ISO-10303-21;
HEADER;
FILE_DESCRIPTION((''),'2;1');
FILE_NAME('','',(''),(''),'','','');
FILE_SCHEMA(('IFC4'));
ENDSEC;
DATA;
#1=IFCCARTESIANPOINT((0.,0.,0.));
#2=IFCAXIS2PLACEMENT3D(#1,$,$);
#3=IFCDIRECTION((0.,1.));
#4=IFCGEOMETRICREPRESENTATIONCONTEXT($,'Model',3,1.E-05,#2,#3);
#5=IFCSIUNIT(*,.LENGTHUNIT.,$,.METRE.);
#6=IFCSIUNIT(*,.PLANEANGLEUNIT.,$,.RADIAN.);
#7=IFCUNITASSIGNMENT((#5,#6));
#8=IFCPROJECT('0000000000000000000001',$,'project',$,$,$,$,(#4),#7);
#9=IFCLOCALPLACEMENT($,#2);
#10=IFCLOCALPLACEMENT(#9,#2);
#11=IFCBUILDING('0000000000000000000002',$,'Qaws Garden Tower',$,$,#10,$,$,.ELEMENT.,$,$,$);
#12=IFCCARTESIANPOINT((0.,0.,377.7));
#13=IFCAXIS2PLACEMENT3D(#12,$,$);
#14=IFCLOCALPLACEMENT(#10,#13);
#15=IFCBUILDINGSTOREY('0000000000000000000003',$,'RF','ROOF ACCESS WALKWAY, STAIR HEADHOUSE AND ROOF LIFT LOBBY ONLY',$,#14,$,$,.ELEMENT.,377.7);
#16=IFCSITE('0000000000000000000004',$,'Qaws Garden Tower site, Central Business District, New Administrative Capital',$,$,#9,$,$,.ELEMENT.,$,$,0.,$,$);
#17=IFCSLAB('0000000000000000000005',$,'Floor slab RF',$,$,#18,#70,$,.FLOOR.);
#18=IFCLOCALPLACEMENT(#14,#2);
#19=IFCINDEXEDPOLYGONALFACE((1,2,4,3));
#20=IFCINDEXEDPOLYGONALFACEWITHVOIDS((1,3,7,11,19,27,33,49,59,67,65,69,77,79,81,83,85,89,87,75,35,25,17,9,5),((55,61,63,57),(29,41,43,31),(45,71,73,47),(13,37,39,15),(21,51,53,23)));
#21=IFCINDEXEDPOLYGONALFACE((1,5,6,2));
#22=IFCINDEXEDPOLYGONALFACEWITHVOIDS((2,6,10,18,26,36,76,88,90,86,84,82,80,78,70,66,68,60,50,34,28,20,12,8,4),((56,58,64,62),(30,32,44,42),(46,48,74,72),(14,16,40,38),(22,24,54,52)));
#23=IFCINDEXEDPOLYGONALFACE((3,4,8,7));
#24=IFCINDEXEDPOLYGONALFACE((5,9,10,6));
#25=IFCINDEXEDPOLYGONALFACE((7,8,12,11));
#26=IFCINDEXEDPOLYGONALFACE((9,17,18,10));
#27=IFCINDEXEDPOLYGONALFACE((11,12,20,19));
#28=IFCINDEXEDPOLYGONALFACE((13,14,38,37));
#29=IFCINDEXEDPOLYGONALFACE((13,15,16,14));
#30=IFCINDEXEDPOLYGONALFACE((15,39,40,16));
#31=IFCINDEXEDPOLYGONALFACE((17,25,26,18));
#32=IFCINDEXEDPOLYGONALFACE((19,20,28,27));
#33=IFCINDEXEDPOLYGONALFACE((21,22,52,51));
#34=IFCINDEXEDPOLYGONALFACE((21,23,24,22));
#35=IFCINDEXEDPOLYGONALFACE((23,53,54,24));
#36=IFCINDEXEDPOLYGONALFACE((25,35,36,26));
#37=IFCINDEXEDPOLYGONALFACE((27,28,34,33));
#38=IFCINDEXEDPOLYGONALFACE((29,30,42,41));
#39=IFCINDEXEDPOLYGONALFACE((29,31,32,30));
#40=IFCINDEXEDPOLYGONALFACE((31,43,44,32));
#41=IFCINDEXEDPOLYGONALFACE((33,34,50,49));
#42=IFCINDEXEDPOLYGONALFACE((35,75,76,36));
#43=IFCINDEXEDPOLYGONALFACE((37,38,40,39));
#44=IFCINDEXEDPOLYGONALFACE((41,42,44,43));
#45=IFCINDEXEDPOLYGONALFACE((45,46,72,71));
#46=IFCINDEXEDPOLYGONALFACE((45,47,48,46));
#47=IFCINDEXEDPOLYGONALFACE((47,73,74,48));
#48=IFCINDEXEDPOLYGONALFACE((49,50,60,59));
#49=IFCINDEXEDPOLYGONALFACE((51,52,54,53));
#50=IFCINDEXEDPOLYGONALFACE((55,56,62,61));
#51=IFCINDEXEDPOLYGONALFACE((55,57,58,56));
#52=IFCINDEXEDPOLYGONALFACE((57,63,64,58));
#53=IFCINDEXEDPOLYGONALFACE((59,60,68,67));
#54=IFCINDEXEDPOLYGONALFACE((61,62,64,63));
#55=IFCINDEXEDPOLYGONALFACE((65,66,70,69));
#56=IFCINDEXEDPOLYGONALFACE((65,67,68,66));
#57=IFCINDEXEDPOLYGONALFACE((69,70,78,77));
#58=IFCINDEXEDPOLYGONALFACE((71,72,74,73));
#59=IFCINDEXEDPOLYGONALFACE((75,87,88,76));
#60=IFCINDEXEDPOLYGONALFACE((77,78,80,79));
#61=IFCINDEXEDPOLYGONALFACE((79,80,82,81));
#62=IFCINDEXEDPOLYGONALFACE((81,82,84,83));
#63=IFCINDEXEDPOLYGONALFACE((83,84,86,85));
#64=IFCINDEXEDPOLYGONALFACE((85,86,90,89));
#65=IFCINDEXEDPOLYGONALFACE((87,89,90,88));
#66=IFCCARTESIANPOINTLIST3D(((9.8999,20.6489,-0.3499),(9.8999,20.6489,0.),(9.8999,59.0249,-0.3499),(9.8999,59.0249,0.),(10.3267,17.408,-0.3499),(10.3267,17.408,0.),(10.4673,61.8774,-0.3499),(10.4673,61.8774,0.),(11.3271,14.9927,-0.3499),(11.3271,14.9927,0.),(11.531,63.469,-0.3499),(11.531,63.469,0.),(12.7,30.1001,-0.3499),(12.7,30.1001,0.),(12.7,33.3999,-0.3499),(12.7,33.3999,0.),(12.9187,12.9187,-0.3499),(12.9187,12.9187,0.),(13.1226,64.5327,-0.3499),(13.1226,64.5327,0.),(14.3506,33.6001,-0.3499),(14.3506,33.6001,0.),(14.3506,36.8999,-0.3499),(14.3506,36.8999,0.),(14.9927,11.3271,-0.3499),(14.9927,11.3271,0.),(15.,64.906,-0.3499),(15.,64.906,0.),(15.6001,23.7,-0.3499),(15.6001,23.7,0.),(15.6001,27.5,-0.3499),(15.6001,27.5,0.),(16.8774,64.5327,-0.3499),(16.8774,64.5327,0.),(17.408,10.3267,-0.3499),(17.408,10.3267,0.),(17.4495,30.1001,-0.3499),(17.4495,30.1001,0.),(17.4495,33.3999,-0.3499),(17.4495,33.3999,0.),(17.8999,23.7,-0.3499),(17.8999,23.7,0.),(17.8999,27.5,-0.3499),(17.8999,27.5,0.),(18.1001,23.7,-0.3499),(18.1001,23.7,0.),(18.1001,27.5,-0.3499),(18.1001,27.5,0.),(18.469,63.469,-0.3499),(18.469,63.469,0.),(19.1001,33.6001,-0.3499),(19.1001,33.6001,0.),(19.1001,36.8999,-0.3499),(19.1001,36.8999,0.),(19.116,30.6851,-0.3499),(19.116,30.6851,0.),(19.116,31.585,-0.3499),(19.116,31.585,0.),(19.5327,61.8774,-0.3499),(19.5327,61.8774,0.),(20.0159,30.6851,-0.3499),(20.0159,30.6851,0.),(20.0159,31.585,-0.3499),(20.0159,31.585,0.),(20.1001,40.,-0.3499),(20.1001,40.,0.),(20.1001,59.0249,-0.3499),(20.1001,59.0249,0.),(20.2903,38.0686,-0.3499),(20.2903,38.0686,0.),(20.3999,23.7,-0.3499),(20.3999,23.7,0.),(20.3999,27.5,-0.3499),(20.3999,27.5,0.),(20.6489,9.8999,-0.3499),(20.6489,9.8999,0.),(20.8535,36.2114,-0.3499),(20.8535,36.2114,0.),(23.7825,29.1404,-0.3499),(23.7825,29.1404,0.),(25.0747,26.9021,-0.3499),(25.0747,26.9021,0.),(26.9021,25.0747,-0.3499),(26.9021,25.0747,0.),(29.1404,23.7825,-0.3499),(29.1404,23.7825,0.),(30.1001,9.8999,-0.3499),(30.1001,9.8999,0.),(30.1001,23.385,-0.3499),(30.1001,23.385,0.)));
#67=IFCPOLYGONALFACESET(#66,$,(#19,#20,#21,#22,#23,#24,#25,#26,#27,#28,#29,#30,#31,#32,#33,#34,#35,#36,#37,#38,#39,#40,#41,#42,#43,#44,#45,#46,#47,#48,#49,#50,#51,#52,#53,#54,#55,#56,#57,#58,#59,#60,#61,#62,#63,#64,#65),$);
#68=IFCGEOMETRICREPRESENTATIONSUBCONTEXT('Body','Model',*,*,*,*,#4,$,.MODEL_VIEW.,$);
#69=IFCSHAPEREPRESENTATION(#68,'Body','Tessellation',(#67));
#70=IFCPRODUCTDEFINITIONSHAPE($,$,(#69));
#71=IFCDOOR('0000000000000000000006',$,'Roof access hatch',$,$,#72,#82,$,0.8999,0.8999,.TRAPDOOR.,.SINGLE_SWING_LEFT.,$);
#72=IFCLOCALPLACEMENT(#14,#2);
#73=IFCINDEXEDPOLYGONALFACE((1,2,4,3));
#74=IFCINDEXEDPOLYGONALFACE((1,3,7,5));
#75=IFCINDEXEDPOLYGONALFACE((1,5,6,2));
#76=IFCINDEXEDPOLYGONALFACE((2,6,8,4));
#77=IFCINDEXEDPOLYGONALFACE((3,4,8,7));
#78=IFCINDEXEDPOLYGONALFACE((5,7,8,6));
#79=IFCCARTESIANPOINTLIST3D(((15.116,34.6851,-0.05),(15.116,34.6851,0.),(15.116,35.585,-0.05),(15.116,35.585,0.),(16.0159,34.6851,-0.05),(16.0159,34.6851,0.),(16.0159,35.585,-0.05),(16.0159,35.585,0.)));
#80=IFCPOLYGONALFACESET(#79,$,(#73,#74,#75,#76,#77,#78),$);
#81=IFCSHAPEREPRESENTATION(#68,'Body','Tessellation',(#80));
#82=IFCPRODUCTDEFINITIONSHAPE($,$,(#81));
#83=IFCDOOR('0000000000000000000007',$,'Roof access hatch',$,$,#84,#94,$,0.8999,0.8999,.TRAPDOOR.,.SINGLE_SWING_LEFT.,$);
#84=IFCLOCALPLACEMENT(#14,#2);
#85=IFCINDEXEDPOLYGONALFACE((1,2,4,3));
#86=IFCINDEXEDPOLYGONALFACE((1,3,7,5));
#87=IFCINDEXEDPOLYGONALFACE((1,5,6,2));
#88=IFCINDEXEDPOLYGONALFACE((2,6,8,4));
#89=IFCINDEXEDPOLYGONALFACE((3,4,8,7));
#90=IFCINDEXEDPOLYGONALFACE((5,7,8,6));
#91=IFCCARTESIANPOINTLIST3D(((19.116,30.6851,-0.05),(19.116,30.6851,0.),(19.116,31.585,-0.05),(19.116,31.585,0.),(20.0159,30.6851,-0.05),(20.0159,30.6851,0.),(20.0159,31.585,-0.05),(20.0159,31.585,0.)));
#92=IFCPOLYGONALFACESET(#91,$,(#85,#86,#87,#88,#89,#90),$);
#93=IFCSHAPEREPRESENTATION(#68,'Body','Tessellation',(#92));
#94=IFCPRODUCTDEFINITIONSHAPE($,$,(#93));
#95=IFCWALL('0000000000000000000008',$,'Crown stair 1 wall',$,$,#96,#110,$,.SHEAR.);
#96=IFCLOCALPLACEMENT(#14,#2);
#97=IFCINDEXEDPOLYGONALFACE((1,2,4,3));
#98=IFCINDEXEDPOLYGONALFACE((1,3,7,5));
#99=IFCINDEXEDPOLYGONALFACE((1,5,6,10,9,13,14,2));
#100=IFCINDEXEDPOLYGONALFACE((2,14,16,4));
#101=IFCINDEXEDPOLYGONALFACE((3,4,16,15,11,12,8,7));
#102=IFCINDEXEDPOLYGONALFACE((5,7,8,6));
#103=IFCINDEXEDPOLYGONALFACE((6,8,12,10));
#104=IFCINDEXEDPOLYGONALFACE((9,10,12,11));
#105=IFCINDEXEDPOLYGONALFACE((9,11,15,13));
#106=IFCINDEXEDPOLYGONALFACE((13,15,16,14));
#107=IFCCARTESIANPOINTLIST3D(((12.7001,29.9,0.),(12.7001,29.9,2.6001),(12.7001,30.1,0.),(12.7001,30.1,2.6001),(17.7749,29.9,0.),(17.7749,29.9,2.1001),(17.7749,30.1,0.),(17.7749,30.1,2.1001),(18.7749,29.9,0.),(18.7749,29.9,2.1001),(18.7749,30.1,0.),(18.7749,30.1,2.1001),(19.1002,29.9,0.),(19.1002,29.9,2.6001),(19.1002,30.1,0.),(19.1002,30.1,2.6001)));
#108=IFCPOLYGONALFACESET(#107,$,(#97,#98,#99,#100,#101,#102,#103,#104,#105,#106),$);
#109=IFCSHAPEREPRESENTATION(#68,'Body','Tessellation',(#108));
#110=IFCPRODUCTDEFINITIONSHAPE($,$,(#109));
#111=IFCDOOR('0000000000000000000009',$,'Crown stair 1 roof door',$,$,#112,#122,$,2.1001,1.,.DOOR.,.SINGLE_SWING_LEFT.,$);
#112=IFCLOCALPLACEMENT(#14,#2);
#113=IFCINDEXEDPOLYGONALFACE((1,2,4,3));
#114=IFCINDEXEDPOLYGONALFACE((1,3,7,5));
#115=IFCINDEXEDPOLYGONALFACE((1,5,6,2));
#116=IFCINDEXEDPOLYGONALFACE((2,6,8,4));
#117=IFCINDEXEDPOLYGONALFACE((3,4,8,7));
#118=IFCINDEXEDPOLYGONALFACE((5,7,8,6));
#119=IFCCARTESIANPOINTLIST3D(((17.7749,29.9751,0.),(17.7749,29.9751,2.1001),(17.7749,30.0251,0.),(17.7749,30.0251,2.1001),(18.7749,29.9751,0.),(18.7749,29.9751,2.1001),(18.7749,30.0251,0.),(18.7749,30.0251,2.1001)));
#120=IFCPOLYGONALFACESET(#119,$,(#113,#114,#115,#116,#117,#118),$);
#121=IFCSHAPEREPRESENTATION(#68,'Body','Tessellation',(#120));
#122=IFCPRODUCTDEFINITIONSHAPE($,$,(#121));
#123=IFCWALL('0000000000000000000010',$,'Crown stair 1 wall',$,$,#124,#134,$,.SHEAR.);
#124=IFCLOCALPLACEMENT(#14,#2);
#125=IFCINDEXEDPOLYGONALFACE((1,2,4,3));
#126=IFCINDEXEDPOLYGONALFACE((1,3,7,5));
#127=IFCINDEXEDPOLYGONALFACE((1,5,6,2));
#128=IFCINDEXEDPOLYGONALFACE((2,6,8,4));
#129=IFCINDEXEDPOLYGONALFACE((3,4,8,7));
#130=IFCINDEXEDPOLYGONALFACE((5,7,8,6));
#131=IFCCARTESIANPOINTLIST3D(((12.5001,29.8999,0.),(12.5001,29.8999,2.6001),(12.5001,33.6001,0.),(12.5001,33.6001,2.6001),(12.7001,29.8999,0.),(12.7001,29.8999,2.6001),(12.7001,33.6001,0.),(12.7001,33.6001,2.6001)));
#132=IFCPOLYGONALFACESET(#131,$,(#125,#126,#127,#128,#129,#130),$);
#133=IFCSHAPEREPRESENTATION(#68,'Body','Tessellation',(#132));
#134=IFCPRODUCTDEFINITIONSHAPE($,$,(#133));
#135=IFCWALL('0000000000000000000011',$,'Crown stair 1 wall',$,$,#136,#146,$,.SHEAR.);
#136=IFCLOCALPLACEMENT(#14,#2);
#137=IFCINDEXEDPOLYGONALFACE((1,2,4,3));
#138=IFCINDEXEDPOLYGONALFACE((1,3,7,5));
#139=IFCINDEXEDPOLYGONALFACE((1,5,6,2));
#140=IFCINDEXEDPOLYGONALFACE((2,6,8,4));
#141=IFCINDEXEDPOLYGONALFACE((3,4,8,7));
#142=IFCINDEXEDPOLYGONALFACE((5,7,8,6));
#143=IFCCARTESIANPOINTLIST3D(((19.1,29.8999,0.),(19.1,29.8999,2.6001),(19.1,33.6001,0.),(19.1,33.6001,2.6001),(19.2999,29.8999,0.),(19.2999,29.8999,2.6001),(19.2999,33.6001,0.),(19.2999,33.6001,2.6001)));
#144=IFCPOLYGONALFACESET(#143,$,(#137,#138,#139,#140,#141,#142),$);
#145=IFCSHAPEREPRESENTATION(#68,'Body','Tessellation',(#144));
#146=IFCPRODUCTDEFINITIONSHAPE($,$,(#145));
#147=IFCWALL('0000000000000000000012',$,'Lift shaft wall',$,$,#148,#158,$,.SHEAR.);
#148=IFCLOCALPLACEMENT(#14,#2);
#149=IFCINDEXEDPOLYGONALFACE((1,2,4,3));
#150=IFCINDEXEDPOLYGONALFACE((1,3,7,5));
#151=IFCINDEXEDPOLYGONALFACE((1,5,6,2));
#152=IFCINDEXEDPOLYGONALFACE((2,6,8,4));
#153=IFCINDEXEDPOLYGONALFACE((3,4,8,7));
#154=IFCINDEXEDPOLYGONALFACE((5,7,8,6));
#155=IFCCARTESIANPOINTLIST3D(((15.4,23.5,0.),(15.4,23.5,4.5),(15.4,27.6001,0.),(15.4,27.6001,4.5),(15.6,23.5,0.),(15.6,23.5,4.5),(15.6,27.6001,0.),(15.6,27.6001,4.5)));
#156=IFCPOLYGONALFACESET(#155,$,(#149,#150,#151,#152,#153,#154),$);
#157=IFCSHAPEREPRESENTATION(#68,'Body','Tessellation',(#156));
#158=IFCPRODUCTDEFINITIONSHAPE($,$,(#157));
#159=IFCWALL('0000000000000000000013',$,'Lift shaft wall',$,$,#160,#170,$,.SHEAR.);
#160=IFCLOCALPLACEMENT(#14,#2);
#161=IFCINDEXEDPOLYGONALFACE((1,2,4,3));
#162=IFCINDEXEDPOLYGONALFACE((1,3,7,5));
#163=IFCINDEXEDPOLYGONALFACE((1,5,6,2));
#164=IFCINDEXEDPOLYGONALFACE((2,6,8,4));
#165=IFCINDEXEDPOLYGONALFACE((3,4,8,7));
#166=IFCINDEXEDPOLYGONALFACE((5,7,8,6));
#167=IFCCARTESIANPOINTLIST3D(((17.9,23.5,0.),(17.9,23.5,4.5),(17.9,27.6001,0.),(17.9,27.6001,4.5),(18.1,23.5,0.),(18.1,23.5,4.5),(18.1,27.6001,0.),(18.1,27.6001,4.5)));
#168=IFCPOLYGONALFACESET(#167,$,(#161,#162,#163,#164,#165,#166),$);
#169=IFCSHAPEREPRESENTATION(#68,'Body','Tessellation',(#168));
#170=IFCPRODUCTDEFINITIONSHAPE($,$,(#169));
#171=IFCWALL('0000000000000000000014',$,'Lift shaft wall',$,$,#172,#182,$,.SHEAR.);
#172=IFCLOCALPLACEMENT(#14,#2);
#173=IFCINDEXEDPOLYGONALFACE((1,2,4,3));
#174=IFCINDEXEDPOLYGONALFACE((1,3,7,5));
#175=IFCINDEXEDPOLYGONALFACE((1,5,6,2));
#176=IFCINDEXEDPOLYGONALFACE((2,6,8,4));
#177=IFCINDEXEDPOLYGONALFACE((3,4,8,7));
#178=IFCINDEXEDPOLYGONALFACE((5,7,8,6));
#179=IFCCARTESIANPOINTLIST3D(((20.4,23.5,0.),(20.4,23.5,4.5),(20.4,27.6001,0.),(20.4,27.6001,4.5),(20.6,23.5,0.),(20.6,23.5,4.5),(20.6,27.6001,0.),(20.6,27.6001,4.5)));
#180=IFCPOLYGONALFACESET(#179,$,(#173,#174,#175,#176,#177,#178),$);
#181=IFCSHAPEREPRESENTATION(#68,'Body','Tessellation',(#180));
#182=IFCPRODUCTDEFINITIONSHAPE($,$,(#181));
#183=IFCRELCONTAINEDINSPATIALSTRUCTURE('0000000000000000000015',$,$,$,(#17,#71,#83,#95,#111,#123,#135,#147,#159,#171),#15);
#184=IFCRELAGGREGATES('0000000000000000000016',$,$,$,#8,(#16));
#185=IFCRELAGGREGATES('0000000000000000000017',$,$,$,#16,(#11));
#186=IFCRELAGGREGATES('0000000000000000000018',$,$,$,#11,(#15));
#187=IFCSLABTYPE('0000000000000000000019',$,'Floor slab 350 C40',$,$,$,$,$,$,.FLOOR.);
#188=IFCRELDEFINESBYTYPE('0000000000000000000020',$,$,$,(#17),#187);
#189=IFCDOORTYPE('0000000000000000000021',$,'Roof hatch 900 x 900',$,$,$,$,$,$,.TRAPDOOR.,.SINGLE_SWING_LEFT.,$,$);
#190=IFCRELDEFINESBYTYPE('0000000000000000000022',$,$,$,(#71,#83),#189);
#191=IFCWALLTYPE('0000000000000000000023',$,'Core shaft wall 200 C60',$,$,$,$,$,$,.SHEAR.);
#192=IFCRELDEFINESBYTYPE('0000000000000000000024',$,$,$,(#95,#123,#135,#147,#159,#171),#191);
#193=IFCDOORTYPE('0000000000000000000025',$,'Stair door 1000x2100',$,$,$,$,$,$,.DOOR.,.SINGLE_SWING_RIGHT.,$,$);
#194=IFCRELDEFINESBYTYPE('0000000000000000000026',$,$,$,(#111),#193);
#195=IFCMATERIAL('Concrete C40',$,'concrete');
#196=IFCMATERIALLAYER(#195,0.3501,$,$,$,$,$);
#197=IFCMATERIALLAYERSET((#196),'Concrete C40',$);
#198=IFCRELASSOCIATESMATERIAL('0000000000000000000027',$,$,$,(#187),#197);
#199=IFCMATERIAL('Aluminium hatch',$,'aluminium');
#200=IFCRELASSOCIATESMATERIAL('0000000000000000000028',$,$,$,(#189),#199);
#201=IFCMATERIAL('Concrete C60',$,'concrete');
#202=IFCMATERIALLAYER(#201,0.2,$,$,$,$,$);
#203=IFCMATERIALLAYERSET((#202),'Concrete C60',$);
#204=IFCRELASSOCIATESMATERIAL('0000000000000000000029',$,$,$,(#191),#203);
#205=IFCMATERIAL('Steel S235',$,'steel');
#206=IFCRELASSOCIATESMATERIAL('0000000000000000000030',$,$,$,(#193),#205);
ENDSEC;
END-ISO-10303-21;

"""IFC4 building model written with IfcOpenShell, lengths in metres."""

from ifc_helpers import new_model, si_unit, direction, frame, frame_2d, origin, origin_2d, place, context, subcontext, project, spatial, polyline, rectangle, outline, extrude, material, layer, layer_set, type_object, element, fill, save


model = new_model("IFC4")

# Units and contexts
model_context = context("Model", 3, precision=1e-05, world=origin(), true_north=direction((0.0, 1.0)))
body_context = subcontext(model_context, "Body", "Model", "MODEL_VIEW")
ifc_project = project(units=[si_unit("LENGTHUNIT", "METRE"), si_unit("PLANEANGLEUNIT", "RADIAN")], contexts=[model_context])

# Site, building, storey
site_placement = place(None, origin())
site = spatial("IfcSite", under=ifc_project, at=site_placement, Name="Qaws Garden Tower site, Central Business District, New Administrative Capital", CompositionType="ELEMENT", RefElevation=0.0)
building_placement = place(site_placement, origin())
building = spatial("IfcBuilding", under=site, at=building_placement, Name="Qaws Garden Tower", CompositionType="ELEMENT")
storey_placement = place(building_placement, frame((0.0, 0.0, 377.7)))
storey = spatial("IfcBuildingStorey", under=building, at=storey_placement, Name="RF", Description="ROOF ACCESS WALKWAY, STAIR HEADHOUSE AND ROOF LIFT LOBBY ONLY", CompositionType="ELEMENT", Elevation=377.7)

# Slab, openings, doors
ifc_material_1 = material(Name="Concrete C40", Category="concrete")
ifc_layer_1 = layer(ifc_material_1, 0.3501)
ifc_layer_set_1 = layer_set([ifc_layer_1], Name="Concrete C40")
slab_type = type_object("IfcSlabType", Name="Floor slab 350 C40", PredefinedType="FLOOR", material=ifc_layer_set_1)
slab_placement = place(storey_placement, frame((0.0, 0.0, -0.3499)))
slab = element("IfcSlab", 1, at=slab_placement, inside=storey, type_object=slab_type, Name="Floor slab RF", PredefinedType="FLOOR", context=body_context, shape_type="SweptSolid", body=[
    extrude(outline(polyline([(17.408, 10.3267), (14.9927, 11.3271), (12.9187, 12.9187), (11.3271, 14.9927), (10.3267, 17.408), (9.8999, 20.6489), (9.8999, 59.0249), (10.4673, 61.8774), (11.531, 63.469), (13.1226, 64.5327), (15.0, 64.906), (16.8774, 64.5327), (18.469, 63.469), (19.5327, 61.8774), (20.1001, 59.0249), (20.1001, 40.0), (20.2903, 38.0686), (20.8535, 36.2114), (23.7825, 29.1404), (25.0747, 26.9021), (26.9021, 25.0747), (29.1404, 23.7825), (30.1001, 23.385), (30.1001, 9.8999), (20.6489, 9.8999), (17.408, 10.3267)]), holes=[polyline([(15.6001, 23.7), (17.8999, 23.7), (17.8999, 27.5), (15.6001, 27.5), (15.6001, 23.7)]), polyline([(18.1001, 23.7), (20.3999, 23.7), (20.3999, 27.5), (18.1001, 27.5), (18.1001, 23.7)]), polyline([(12.7, 30.1001), (17.4495, 30.1001), (17.4495, 33.3999), (12.7, 33.3999), (12.7, 30.1001)]), polyline([(14.3506, 33.6001), (19.1001, 33.6001), (19.1001, 36.8999), (14.3506, 36.8999), (14.3506, 33.6001)])]), origin(), (0.0, 0.0, 1.0), 0.3499),
])
opening_1_placement = place(slab_placement, frame((15.5659, 35.135, 0.0)))
opening_1 = element("IfcOpeningElement", 2, at=opening_1_placement, cuts=slab, PredefinedType="OPENING", context=body_context, shape_type="SweptSolid", body=[
    extrude(rectangle(XDim=0.8999, YDim=0.8999, at=origin_2d()), origin(), (0.0, 0.0, 1.0), 0.3499),
])
opening_2_placement = place(slab_placement, frame((19.5659, 31.135, 0.0)))
opening_2 = element("IfcOpeningElement", 3, at=opening_2_placement, cuts=slab, PredefinedType="OPENING", context=body_context, shape_type="SweptSolid", body=[
    extrude(rectangle(XDim=0.8999, YDim=0.8999, at=origin_2d()), origin(), (0.0, 0.0, 1.0), 0.3499),
])
ifc_material_2 = material(Name="Aluminium hatch", Category="aluminium")
door_type_1 = type_object("IfcDoorType", Name="Roof hatch 900 x 900", OperationType="SINGLE_SWING_LEFT", PredefinedType="TRAPDOOR", material=ifc_material_2)
door_1_placement = place(opening_1_placement, frame((0.0, 0.0, 0.2998)))
door_1 = element("IfcDoor", 4, at=door_1_placement, inside=storey, type_object=door_type_1, Name="Roof access hatch", OperationType="SINGLE_SWING_LEFT", OverallHeight=0.8999, OverallWidth=0.8999, PredefinedType="TRAPDOOR", context=body_context, shape_type="SweptSolid", body=[
    extrude(rectangle(XDim=0.8999, YDim=0.8999, at=origin_2d()), origin(), (0.0, 0.0, 1.0), 0.05),
])
fill(opening_1, door_1)
door_2_placement = place(opening_2_placement, frame((0.0, 0.0, 0.2998)))
door_2 = element("IfcDoor", 5, at=door_2_placement, inside=storey, type_object=door_type_1, Name="Roof access hatch", OperationType="SINGLE_SWING_LEFT", OverallHeight=0.8999, OverallWidth=0.8999, PredefinedType="TRAPDOOR", context=body_context, shape_type="SweptSolid", body=[
    extrude(rectangle(XDim=0.8999, YDim=0.8999, at=origin_2d()), origin(), (0.0, 0.0, 1.0), 0.05),
])
fill(opening_2, door_2)

# Wall, opening, door
ifc_material_3 = material(Name="Concrete C60", Category="concrete")
ifc_layer_2 = layer(ifc_material_3, 0.2)
ifc_layer_set_2 = layer_set([ifc_layer_2], Name="Concrete C60")
wall_type_1 = type_object("IfcWallType", Name="Core shaft wall 200 C60", PredefinedType="SHEAR", material=ifc_layer_set_2)
wall_1_placement = place(storey_placement, frame((12.7, 30.0, 0.0), z_axis=(0.0, 0.0, 1.0), x_axis=(1.0, 0.0, 0.0)))
wall_1 = element("IfcWall", 6, at=wall_1_placement, inside=storey, type_object=wall_type_1, Name="Crown stair 1 wall", PredefinedType="SHEAR", context=body_context, shape_type="SweptSolid", body=[
    extrude(rectangle(XDim=6.4001, YDim=0.2, at=frame_2d((3.2002, 0.0))), origin(), (0.0, 0.0, 1.0), 2.6001),
])
opening_3_placement = place(wall_1_placement, frame((5.075, 0.0, 0.0)))
opening_3 = element("IfcOpeningElement", 7, at=opening_3_placement, cuts=wall_1, PredefinedType="OPENING", context=body_context, shape_type="SweptSolid", body=[
    extrude(rectangle(XDim=1.0, YDim=2.1001, at=frame_2d((0.5, 1.05))), frame((0.0, 0.1099, 0.0), z_axis=(0.0, -1.0, 0.0), x_axis=(1.0, 0.0, 0.0)), (0.0, 0.0, 1.0), 0.22),
])
ifc_material_4 = material(Name="Steel S235", Category="steel")
door_type_2 = type_object("IfcDoorType", Name="Stair door 1000x2100", OperationType="SINGLE_SWING_RIGHT", PredefinedType="DOOR", material=ifc_material_4)
door_3_placement = place(opening_3_placement, frame((1.0, 0.0, 0.0), z_axis=(0.0, 0.0, 1.0), x_axis=(-1.0, 0.0, 0.0)))
door_3 = element("IfcDoor", 8, at=door_3_placement, inside=storey, type_object=door_type_2, Name="Crown stair 1 roof door", OperationType="SINGLE_SWING_LEFT", OverallHeight=2.1001, OverallWidth=1.0, PredefinedType="DOOR", context=body_context, shape_type="SweptSolid", body=[
    extrude(rectangle(XDim=1.0, YDim=2.1001, at=frame_2d((0.5, 1.05))), frame((0.0, 0.0249, 0.0), z_axis=(0.0, -1.0, 0.0), x_axis=(1.0, 0.0, 0.0)), (0.0, 0.0, 1.0), 0.05),
])
fill(opening_3, door_3)

# Walls
for number, where, z_axis, x_axis, name in (
    (9, (12.6001, 29.8999, 0.0), (0.0, 0.0, 1.0), (0.0, 1.0, 0.0), "Crown stair 1 wall"),
    (10, (19.2, 29.8999, 0.0), (0.0, 0.0, 1.0), (0.0, 1.0, 0.0), "Crown stair 1 wall"),
):
    element("IfcWall", number, at=place(storey_placement, frame(where, z_axis=z_axis, x_axis=x_axis)), inside=storey, type_object=wall_type_1, Name=name, PredefinedType="SHEAR", context=body_context, shape_type="SweptSolid", body=[
        extrude(rectangle(XDim=3.7002, YDim=0.2, at=frame_2d((1.8501, 0.0))), origin(), (0.0, 0.0, 1.0), 2.6001),
    ])
for number, where, z_axis, x_axis, name in (
    (11, (15.5, 23.5, 0.0), (0.0, 0.0, 1.0), (0.0, 1.0, 0.0), "Lift shaft wall"),
    (12, (18.0, 23.5, 0.0), (0.0, 0.0, 1.0), (0.0, 1.0, 0.0), "Lift shaft wall"),
    (13, (20.5, 23.5, 0.0), (0.0, 0.0, 1.0), (0.0, 1.0, 0.0), "Lift shaft wall"),
):
    element("IfcWall", number, at=place(storey_placement, frame(where, z_axis=z_axis, x_axis=x_axis)), inside=storey, type_object=wall_type_1, Name=name, PredefinedType="SHEAR", context=body_context, shape_type="SweptSolid", body=[
        extrude(rectangle(XDim=4.1001, YDim=0.2, at=frame_2d((2.05, 0.0))), origin(), (0.0, 0.0, 1.0), 4.5),
    ])

save(model, "model.ifc")
